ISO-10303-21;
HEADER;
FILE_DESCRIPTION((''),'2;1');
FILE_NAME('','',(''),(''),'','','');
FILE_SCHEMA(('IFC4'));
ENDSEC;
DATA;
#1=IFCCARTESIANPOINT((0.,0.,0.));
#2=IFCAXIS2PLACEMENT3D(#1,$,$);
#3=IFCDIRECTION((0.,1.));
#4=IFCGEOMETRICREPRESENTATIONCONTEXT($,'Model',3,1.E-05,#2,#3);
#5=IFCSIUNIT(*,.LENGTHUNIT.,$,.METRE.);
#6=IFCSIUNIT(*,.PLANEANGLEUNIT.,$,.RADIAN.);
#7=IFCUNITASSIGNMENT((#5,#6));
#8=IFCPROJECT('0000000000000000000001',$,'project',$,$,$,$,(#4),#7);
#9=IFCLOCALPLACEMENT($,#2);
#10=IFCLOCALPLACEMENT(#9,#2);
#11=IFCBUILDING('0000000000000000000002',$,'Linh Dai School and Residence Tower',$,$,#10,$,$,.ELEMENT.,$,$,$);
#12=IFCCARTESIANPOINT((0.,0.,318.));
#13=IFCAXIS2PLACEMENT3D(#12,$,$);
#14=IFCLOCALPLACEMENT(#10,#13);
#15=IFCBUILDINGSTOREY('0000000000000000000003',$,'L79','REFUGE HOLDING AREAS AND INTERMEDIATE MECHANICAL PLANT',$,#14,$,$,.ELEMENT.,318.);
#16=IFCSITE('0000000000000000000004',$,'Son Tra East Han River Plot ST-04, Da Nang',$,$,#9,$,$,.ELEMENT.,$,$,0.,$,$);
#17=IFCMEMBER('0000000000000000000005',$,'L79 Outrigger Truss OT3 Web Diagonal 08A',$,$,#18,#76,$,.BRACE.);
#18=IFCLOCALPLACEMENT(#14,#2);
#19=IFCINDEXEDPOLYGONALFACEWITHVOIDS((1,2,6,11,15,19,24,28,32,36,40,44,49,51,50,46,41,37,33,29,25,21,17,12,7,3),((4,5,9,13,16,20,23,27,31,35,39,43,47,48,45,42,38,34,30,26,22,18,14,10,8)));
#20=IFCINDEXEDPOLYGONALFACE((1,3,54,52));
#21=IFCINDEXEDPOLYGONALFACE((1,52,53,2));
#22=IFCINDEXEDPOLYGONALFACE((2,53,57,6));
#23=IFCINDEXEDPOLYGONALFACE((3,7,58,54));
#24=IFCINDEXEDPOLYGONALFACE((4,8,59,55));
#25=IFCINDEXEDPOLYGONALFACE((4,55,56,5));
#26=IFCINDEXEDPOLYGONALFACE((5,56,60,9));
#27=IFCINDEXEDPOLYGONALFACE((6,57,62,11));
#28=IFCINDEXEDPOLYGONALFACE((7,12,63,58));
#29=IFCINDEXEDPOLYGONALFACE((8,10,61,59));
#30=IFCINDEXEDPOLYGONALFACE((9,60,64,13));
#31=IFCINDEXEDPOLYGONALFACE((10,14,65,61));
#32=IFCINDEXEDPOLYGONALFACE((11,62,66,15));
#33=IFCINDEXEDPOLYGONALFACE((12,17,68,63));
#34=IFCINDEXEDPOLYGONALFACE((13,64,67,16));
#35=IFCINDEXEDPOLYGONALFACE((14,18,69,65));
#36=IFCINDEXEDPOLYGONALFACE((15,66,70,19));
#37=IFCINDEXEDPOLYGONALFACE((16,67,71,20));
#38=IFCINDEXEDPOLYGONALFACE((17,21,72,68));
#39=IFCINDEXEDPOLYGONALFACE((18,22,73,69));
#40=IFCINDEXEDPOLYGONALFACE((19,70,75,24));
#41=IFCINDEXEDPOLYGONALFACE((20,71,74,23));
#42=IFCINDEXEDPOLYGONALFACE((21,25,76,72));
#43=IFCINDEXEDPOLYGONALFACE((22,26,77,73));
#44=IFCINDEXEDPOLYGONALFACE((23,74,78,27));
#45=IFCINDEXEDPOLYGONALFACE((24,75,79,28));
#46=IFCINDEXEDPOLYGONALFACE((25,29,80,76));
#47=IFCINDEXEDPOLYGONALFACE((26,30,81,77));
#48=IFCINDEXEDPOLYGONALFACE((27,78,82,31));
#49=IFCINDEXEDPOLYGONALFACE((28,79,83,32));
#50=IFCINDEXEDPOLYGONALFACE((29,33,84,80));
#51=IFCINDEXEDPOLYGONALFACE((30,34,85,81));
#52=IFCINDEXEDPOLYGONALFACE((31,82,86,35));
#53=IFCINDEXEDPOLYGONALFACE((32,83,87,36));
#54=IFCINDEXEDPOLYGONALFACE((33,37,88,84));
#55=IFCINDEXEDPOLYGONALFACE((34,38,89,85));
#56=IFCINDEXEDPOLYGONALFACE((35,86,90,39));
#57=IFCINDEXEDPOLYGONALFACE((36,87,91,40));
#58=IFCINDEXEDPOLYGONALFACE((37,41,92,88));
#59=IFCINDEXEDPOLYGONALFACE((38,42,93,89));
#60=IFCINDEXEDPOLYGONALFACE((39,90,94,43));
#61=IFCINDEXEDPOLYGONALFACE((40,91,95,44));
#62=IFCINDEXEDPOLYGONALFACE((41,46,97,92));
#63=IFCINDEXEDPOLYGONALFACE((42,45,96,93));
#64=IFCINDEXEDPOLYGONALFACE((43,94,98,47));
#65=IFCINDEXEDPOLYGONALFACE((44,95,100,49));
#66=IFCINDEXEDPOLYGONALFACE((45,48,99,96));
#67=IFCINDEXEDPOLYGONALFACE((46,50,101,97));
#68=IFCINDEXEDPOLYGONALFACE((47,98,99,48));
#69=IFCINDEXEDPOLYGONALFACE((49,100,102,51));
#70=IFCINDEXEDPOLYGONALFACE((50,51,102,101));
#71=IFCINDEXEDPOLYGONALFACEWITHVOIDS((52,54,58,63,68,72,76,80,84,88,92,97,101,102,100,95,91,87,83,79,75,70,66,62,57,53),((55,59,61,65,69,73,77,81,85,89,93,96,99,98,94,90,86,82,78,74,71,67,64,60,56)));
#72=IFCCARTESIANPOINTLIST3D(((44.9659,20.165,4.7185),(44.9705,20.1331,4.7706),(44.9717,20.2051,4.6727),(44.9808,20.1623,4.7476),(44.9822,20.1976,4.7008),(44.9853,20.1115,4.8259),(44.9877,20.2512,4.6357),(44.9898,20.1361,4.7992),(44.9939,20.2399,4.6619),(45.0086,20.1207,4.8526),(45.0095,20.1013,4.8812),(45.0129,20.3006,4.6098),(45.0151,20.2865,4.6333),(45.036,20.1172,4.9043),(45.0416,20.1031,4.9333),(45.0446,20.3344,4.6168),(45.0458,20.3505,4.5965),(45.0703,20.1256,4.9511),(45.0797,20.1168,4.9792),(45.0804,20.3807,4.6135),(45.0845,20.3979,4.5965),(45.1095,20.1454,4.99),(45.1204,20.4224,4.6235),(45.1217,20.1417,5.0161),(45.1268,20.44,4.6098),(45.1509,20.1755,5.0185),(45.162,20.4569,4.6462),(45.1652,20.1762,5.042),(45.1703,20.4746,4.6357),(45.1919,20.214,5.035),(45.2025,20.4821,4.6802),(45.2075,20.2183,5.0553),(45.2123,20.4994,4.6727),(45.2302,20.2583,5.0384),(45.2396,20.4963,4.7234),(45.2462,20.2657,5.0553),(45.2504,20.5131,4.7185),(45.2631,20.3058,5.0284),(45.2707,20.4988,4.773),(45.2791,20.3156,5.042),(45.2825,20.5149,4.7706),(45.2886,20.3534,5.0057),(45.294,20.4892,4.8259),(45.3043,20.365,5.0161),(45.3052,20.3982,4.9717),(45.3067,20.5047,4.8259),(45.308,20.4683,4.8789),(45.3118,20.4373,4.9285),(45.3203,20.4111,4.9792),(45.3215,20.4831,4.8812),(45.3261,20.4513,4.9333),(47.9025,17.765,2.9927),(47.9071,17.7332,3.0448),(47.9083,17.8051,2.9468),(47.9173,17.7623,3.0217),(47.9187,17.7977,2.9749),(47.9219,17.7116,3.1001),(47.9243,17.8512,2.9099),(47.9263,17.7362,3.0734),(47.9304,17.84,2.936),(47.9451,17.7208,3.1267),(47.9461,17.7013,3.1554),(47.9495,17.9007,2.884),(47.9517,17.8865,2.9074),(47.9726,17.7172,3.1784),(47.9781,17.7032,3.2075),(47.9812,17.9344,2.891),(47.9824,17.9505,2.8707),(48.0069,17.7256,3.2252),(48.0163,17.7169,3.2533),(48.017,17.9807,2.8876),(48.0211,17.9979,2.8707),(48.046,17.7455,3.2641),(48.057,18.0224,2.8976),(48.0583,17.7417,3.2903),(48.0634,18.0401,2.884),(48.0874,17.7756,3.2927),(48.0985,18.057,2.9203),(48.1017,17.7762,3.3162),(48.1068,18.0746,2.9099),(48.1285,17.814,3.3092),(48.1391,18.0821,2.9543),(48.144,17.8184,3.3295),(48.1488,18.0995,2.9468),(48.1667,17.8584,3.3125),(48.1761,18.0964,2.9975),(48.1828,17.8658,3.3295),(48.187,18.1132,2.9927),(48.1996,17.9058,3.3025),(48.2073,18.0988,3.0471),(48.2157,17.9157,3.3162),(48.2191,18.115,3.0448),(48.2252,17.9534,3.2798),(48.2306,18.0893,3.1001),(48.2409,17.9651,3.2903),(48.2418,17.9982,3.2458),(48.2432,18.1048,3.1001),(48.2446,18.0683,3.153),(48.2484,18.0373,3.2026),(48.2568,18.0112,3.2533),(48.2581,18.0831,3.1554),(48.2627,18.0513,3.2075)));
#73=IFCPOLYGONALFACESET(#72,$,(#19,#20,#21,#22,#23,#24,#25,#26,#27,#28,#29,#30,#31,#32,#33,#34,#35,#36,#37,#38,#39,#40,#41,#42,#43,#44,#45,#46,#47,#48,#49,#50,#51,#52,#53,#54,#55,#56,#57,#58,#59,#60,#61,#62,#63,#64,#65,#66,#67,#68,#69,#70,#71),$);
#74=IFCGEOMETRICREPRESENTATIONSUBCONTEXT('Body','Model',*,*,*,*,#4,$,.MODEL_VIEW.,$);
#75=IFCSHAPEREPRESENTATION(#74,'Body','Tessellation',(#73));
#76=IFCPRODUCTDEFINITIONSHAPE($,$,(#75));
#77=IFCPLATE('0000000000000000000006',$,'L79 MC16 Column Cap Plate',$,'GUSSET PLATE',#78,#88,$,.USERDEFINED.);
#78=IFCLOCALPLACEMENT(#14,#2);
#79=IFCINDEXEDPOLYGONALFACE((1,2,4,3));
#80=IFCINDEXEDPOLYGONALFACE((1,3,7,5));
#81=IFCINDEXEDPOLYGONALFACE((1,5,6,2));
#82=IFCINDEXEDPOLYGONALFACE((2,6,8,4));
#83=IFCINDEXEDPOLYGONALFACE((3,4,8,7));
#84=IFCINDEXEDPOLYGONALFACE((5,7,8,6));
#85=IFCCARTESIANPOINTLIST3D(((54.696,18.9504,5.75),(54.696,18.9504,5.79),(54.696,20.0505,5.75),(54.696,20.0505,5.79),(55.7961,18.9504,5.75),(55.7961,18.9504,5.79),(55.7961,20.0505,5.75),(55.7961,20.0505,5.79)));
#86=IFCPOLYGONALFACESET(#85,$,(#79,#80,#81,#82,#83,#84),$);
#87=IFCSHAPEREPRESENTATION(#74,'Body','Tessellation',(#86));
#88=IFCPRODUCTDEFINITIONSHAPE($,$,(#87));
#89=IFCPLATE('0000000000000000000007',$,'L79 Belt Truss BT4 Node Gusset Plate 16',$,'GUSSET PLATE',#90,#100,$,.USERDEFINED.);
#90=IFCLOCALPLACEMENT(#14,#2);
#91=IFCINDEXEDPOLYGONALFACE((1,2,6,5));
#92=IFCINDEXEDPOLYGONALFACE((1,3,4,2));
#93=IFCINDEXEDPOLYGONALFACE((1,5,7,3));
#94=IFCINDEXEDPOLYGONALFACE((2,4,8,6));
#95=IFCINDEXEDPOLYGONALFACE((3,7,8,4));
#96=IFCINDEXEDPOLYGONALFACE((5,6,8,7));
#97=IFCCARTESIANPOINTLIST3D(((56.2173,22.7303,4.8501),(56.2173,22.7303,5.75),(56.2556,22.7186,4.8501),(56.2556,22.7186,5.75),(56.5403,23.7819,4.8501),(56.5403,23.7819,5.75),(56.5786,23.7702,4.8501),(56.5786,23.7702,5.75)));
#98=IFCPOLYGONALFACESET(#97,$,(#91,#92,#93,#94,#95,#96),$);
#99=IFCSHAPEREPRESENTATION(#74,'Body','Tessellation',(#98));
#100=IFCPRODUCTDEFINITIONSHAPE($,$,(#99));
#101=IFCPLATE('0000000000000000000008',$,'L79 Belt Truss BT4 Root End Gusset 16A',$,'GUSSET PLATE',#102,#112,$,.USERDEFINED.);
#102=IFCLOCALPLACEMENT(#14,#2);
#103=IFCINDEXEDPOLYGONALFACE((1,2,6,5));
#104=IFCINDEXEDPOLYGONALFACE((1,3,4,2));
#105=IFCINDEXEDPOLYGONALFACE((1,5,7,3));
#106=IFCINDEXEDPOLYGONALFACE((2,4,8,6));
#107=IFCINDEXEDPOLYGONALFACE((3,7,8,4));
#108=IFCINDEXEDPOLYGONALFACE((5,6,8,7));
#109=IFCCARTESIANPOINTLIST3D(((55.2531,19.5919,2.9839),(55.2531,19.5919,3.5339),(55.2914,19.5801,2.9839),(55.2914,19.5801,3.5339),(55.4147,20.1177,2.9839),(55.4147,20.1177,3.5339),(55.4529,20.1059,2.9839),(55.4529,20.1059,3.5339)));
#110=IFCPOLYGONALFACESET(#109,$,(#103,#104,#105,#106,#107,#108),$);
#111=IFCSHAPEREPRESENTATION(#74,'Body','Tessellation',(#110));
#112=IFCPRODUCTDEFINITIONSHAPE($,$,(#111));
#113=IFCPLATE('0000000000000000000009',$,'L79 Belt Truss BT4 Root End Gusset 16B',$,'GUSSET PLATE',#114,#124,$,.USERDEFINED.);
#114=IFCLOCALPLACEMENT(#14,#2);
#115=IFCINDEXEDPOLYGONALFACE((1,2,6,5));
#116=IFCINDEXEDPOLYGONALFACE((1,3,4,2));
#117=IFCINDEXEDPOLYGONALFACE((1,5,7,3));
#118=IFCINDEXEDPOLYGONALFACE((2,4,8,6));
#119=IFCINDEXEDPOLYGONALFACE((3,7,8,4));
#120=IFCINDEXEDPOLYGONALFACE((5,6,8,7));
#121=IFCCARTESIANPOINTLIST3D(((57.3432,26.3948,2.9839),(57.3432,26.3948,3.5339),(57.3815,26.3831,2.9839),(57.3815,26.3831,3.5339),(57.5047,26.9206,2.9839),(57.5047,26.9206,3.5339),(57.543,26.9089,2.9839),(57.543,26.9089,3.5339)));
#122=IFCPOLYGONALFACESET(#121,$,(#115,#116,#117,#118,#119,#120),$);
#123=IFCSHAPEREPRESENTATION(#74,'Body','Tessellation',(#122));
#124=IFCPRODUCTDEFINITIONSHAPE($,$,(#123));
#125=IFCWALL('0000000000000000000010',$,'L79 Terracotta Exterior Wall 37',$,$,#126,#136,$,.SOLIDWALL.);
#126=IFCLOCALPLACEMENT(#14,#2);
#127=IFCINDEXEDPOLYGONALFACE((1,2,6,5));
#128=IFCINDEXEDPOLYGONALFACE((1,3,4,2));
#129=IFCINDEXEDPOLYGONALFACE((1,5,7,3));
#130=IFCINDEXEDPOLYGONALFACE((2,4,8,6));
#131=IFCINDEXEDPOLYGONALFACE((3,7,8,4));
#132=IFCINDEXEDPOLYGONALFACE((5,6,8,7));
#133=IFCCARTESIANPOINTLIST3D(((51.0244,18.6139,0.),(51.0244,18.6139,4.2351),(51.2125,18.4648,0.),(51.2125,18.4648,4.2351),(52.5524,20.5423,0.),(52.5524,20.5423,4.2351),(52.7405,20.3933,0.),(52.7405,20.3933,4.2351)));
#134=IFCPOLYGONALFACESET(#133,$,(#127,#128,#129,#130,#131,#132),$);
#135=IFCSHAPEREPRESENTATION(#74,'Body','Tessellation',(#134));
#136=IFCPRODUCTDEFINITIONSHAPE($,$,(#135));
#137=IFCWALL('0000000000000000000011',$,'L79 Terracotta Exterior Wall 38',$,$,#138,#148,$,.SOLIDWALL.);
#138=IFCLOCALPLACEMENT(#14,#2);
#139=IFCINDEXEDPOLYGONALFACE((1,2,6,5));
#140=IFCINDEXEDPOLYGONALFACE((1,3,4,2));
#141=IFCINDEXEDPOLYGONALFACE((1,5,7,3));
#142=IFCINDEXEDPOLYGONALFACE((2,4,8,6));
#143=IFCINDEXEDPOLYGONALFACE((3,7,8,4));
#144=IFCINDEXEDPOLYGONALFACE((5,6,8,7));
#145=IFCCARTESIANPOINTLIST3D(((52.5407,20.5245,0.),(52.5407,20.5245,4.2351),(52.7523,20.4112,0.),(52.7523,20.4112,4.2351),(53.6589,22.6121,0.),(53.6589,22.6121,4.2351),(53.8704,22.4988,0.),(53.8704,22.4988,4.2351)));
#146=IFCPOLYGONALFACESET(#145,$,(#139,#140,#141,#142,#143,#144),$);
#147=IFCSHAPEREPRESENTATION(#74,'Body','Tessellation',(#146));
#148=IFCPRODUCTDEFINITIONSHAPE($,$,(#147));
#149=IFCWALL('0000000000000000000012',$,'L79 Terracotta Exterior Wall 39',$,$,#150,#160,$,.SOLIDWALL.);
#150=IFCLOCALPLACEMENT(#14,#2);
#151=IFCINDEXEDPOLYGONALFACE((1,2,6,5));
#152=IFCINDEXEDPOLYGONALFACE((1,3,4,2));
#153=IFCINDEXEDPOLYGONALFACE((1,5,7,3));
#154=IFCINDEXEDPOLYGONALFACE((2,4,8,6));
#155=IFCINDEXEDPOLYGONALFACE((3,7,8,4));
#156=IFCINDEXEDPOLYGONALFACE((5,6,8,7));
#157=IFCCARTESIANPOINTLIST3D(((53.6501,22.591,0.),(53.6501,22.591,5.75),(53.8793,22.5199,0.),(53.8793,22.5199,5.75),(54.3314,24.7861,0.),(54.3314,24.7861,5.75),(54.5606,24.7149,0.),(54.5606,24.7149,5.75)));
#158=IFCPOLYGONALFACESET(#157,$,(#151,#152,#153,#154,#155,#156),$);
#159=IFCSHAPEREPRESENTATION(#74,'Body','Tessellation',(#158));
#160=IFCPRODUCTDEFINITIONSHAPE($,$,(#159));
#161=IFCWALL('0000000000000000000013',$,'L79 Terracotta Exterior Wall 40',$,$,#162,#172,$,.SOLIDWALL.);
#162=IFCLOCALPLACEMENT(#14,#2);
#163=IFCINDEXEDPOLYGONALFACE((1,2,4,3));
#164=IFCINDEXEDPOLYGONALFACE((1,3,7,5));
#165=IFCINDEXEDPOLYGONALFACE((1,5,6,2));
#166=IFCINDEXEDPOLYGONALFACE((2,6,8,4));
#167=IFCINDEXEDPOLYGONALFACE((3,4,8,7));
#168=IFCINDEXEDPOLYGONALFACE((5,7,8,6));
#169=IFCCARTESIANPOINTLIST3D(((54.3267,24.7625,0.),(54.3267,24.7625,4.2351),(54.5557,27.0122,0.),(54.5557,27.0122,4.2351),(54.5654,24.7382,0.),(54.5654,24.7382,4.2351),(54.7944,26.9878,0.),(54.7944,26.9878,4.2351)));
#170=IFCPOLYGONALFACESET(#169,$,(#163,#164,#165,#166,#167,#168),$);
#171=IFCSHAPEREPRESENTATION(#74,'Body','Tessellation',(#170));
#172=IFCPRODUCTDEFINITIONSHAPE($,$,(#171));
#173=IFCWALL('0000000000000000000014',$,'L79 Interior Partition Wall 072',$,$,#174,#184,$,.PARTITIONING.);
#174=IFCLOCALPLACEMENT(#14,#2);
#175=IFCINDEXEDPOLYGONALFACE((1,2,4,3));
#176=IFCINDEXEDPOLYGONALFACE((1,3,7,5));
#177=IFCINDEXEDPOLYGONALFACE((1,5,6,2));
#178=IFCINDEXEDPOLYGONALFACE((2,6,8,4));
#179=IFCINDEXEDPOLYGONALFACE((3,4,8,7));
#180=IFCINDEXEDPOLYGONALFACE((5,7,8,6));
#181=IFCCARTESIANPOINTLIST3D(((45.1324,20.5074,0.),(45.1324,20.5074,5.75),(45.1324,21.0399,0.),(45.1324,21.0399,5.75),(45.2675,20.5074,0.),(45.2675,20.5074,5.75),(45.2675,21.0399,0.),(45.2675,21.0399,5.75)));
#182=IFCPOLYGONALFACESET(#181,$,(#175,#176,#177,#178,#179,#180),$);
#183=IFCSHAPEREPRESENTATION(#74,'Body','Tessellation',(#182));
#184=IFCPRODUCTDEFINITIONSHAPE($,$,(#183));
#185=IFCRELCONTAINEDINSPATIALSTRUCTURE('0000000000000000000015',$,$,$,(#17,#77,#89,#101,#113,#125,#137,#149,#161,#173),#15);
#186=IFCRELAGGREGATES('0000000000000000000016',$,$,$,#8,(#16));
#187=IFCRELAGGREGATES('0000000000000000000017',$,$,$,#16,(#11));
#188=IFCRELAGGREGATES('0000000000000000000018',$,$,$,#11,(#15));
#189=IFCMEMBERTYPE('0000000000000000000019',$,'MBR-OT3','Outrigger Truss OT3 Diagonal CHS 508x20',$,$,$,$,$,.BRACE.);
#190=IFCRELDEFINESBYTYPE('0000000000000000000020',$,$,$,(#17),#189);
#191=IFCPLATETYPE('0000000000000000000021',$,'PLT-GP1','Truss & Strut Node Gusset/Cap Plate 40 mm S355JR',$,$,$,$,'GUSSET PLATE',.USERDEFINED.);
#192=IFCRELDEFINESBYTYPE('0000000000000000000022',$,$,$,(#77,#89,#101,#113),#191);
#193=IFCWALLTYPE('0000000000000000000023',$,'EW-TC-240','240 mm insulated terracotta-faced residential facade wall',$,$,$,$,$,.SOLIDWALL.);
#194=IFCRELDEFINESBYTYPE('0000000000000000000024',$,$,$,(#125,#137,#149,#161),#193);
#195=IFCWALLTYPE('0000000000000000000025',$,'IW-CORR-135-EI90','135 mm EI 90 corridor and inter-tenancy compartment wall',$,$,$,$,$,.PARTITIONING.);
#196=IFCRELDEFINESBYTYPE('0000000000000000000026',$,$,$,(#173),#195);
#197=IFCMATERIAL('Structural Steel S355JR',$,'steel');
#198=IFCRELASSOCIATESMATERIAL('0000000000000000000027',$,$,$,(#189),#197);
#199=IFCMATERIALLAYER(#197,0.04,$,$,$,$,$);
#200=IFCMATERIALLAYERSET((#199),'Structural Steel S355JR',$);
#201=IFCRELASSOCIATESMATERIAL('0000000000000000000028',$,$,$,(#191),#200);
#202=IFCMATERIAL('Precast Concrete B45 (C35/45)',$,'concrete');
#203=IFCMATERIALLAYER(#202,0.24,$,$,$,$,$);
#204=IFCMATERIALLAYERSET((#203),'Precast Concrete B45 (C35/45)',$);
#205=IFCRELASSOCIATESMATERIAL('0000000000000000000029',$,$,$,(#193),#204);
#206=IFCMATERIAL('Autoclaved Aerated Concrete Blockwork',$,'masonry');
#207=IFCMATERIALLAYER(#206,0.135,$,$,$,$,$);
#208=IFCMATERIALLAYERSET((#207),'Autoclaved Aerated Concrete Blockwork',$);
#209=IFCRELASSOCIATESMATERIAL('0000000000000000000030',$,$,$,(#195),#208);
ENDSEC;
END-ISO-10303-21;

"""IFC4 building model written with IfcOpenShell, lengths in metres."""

from ifc_helpers import new_model, si_unit, direction, frame, frame_2d, origin, origin_2d, place, context, subcontext, project, spatial, rectangle, hollow_circle, extrude, source, transform, mapped, material, layer, layer_set, material_profile, profile_set, type_object, element, save


model = new_model("IFC4")

# Units and contexts
model_context = context("Model", 3, precision=1e-05, world=origin(), true_north=direction((0.0, 1.0)))
body_context = subcontext(model_context, "Body", "Model", "MODEL_VIEW")
ifc_project = project(units=[si_unit("LENGTHUNIT", "METRE"), si_unit("PLANEANGLEUNIT", "RADIAN")], contexts=[model_context])

# Site, building, storey
site_placement = place(None, origin())
site = spatial("IfcSite", under=ifc_project, at=site_placement, Name="Son Tra East Han River Plot ST-04, Da Nang", CompositionType="ELEMENT", RefElevation=0.0)
building_placement = place(site_placement, origin())
building = spatial("IfcBuilding", under=site, at=building_placement, Name="Linh Dai School and Residence Tower", CompositionType="ELEMENT")
storey_placement = place(building_placement, frame((0.0, 0.0, 318.0)))
storey = spatial("IfcBuildingStorey", under=building, at=storey_placement, Name="L79", Description="REFUGE HOLDING AREAS AND INTERMEDIATE MECHANICAL PLANT", CompositionType="ELEMENT", Elevation=318.0)

# Shared definitions
ifc_material_1 = material(Name="Structural Steel S355JR", Category="steel")

# Member
ifc_material_profile_1 = material_profile(ifc_material_1, hollow_circle(Radius=0.2539, WallThickness=0.02, at=origin_2d()), Name="CHS 508x20")
ifc_profile_set_1 = profile_set([ifc_material_profile_1], Name="Structural Steel S355JR")
member_type_1 = type_object("IfcMemberType", Name="MBR-OT3", Description="Outrigger Truss OT3 Diagonal CHS 508x20", PredefinedType="BRACE", material=ifc_profile_set_1)
member_1_placement = place(storey_placement, frame((45.146, 20.3081, 4.8259), z_axis=(0.704764, -0.575975, -0.414198), x_axis=(0.63281, 0.774307, 0.0)))
element("IfcMember", 1, at=member_1_placement, inside=storey, type_object=member_type_1, Name="L79 Outrigger Truss OT3 Web Diagonal 08A", PredefinedType="BRACE", context=body_context, shape_type="SweptSolid", body=[
    extrude(hollow_circle(Radius=0.2539, WallThickness=0.02, at=origin_2d()), origin(), (0.0, 0.0, 1.0), 4.1667),
])

# Plates
ifc_layer_1 = layer(ifc_material_1, 0.04)
ifc_layer_set_1 = layer_set([ifc_layer_1], Name="Structural Steel S355JR")
plate_type = type_object("IfcPlateType", Name="PLT-GP1", Description="Truss & Strut Node Gusset/Cap Plate 40 mm S355JR", ElementType="GUSSET PLATE", PredefinedType="USERDEFINED", material=ifc_layer_set_1)
shared_shape_1 = source(origin(), body_context, "Body", "SweptSolid", [
    extrude(rectangle(XDim=1.1001, YDim=1.1001, at=origin_2d()), origin(), (0.0, 0.0, 1.0), 0.04),
])
plate_1_placement = place(storey_placement, frame((55.2461, 19.5005, 5.75), z_axis=(0.0, 0.0, 1.0), x_axis=(1.0, 0.0, 0.0)))
element("IfcPlate", 2, at=plate_1_placement, inside=storey, type_object=plate_type, Name="L79 MC16 Column Cap Plate", ObjectType="GUSSET PLATE", PredefinedType="USERDEFINED", context=body_context, shape_type="MappedRepresentation", body=[
    mapped(shared_shape_1, transform((0.0, 0.0, 0.0), x_axis=(1.0, 0.0, 0.0), y_axis=(0.0, 1.0, 0.0), z_axis=(0.0, 0.0, 1.0), scale=1.0)),
])
shared_shape_2 = source(origin(), body_context, "Body", "SweptSolid", [
    extrude(rectangle(XDim=1.1001, YDim=0.04, at=origin_2d()), origin(), (0.0, 0.0, 1.0), 0.8999),
])
plate_2_placement = place(storey_placement, frame((56.3979, 23.2502, 4.8501), z_axis=(0.0, 0.0, 1.0), x_axis=(0.293666, 0.955908, 0.0)))
element("IfcPlate", 3, at=plate_2_placement, inside=storey, type_object=plate_type, Name="L79 Belt Truss BT4 Node Gusset Plate 16", ObjectType="GUSSET PLATE", PredefinedType="USERDEFINED", context=body_context, shape_type="MappedRepresentation", body=[
    mapped(shared_shape_2, transform((0.0, 0.0, 0.0), x_axis=(1.0, 0.0, 0.0), y_axis=(0.0, 1.0, 0.0), z_axis=(0.0, 0.0, 1.0), scale=1.0)),
])
shared_shape_3 = source(origin(), body_context, "Body", "SweptSolid", [
    extrude(rectangle(XDim=0.55, YDim=0.04, at=origin_2d()), origin(), (0.0, 0.0, 1.0), 0.55),
])
for number, where, z_axis, x_axis, name in (
    (4, (55.353, 19.8489, 2.9839), (0.0, 0.0, 1.0), (0.293666, 0.955908, 0.0), "L79 Belt Truss BT4 Root End Gusset 16A"),
    (5, (57.4431, 26.6519, 2.9839), (0.0, 0.0, 1.0), (0.293666, 0.955908, 0.0), "L79 Belt Truss BT4 Root End Gusset 16B"),
):
    element("IfcPlate", number, at=place(storey_placement, frame(where, z_axis=z_axis, x_axis=x_axis)), inside=storey, type_object=plate_type, Name=name, ObjectType="GUSSET PLATE", PredefinedType="USERDEFINED", context=body_context, shape_type="MappedRepresentation", body=[
        mapped(shared_shape_3, transform((0.0, 0.0, 0.0), x_axis=(1.0, 0.0, 0.0), y_axis=(0.0, 1.0, 0.0), z_axis=(0.0, 0.0, 1.0), scale=1.0)),
    ])

# Walls
ifc_material_2 = material(Name="Precast Concrete B45 (C35/45)", Category="concrete")
ifc_layer_2 = layer(ifc_material_2, 0.24)
ifc_layer_set_2 = layer_set([ifc_layer_2], Name="Precast Concrete B45 (C35/45)")
wall_type_1 = type_object("IfcWallType", Name="EW-TC-240", Description="240 mm insulated terracotta-faced residential facade wall", PredefinedType="SOLIDWALL", material=ifc_layer_set_2)
wall_1_placement = place(storey_placement, frame((52.6465, 20.4678, 0.0), z_axis=(0.0, 0.0, 1.0), x_axis=(-0.621046, -0.783774, 0.0)))
element("IfcWall", 6, at=wall_1_placement, inside=storey, type_object=wall_type_1, Name="L79 Terracotta Exterior Wall 37", PredefinedType="SOLIDWALL", context=body_context, shape_type="SweptSolid", body=[
    extrude(rectangle(XDim=2.4604, YDim=0.24, at=frame_2d((1.2302, 0.0))), origin(), (0.0, 0.0, 1.0), 4.2351),
])
wall_2_placement = place(storey_placement, frame((53.7646, 22.5554, 0.0), z_axis=(0.0, 0.0, 1.0), x_axis=(-0.47215, -0.881518, 0.0)))
element("IfcWall", 7, at=wall_2_placement, inside=storey, type_object=wall_type_1, Name="L79 Terracotta Exterior Wall 38", PredefinedType="SOLIDWALL", context=body_context, shape_type="SweptSolid", body=[
    extrude(rectangle(XDim=2.3682, YDim=0.24, at=frame_2d((1.1841, 0.0))), origin(), (0.0, 0.0, 1.0), 4.2351),
])
wall_3_placement = place(storey_placement, frame((54.446, 24.7505, 0.0), z_axis=(0.0, 0.0, 1.0), x_axis=(-0.296466, -0.955043, 0.0)))
element("IfcWall", 8, at=wall_3_placement, inside=storey, type_object=wall_type_1, Name="L79 Terracotta Exterior Wall 39", PredefinedType="SOLIDWALL", context=body_context, shape_type="SweptSolid", body=[
    extrude(rectangle(XDim=2.2983, YDim=0.24, at=frame_2d((1.1492, 0.0))), origin(), (0.0, 0.0, 1.0), 5.75),
])
wall_4_placement = place(storey_placement, frame((54.675, 27.0, 0.0), z_axis=(0.0, 0.0, 1.0), x_axis=(-0.101278, -0.994858, 0.0)))
element("IfcWall", 9, at=wall_4_placement, inside=storey, type_object=wall_type_1, Name="L79 Terracotta Exterior Wall 40", PredefinedType="SOLIDWALL", context=body_context, shape_type="SweptSolid", body=[
    extrude(rectangle(XDim=2.2612, YDim=0.24, at=frame_2d((1.1306, 0.0))), origin(), (0.0, 0.0, 1.0), 4.2351),
])
ifc_material_3 = material(Name="Autoclaved Aerated Concrete Blockwork", Category="masonry")
ifc_layer_3 = layer(ifc_material_3, 0.135)
ifc_layer_set_3 = layer_set([ifc_layer_3], Name="Autoclaved Aerated Concrete Blockwork")
wall_type_2 = type_object("IfcWallType", Name="IW-CORR-135-EI90", Description="135 mm EI 90 corridor and inter-tenancy compartment wall", PredefinedType="PARTITIONING", material=ifc_layer_set_3)
wall_5_placement = place(storey_placement, frame((45.2, 20.5076, 0.0), z_axis=(0.0, 0.0, 1.0), x_axis=(0.0, 1.0, 0.0)))
element("IfcWall", 10, at=wall_5_placement, inside=storey, type_object=wall_type_2, Name="L79 Interior Partition Wall 072", PredefinedType="PARTITIONING", context=body_context, shape_type="SweptSolid", body=[
    extrude(rectangle(XDim=0.5325, YDim=0.135, at=frame_2d((0.2661, 0.0))), origin(), (0.0, 0.0, 1.0), 5.75),
])

save(model, "model.ifc")
